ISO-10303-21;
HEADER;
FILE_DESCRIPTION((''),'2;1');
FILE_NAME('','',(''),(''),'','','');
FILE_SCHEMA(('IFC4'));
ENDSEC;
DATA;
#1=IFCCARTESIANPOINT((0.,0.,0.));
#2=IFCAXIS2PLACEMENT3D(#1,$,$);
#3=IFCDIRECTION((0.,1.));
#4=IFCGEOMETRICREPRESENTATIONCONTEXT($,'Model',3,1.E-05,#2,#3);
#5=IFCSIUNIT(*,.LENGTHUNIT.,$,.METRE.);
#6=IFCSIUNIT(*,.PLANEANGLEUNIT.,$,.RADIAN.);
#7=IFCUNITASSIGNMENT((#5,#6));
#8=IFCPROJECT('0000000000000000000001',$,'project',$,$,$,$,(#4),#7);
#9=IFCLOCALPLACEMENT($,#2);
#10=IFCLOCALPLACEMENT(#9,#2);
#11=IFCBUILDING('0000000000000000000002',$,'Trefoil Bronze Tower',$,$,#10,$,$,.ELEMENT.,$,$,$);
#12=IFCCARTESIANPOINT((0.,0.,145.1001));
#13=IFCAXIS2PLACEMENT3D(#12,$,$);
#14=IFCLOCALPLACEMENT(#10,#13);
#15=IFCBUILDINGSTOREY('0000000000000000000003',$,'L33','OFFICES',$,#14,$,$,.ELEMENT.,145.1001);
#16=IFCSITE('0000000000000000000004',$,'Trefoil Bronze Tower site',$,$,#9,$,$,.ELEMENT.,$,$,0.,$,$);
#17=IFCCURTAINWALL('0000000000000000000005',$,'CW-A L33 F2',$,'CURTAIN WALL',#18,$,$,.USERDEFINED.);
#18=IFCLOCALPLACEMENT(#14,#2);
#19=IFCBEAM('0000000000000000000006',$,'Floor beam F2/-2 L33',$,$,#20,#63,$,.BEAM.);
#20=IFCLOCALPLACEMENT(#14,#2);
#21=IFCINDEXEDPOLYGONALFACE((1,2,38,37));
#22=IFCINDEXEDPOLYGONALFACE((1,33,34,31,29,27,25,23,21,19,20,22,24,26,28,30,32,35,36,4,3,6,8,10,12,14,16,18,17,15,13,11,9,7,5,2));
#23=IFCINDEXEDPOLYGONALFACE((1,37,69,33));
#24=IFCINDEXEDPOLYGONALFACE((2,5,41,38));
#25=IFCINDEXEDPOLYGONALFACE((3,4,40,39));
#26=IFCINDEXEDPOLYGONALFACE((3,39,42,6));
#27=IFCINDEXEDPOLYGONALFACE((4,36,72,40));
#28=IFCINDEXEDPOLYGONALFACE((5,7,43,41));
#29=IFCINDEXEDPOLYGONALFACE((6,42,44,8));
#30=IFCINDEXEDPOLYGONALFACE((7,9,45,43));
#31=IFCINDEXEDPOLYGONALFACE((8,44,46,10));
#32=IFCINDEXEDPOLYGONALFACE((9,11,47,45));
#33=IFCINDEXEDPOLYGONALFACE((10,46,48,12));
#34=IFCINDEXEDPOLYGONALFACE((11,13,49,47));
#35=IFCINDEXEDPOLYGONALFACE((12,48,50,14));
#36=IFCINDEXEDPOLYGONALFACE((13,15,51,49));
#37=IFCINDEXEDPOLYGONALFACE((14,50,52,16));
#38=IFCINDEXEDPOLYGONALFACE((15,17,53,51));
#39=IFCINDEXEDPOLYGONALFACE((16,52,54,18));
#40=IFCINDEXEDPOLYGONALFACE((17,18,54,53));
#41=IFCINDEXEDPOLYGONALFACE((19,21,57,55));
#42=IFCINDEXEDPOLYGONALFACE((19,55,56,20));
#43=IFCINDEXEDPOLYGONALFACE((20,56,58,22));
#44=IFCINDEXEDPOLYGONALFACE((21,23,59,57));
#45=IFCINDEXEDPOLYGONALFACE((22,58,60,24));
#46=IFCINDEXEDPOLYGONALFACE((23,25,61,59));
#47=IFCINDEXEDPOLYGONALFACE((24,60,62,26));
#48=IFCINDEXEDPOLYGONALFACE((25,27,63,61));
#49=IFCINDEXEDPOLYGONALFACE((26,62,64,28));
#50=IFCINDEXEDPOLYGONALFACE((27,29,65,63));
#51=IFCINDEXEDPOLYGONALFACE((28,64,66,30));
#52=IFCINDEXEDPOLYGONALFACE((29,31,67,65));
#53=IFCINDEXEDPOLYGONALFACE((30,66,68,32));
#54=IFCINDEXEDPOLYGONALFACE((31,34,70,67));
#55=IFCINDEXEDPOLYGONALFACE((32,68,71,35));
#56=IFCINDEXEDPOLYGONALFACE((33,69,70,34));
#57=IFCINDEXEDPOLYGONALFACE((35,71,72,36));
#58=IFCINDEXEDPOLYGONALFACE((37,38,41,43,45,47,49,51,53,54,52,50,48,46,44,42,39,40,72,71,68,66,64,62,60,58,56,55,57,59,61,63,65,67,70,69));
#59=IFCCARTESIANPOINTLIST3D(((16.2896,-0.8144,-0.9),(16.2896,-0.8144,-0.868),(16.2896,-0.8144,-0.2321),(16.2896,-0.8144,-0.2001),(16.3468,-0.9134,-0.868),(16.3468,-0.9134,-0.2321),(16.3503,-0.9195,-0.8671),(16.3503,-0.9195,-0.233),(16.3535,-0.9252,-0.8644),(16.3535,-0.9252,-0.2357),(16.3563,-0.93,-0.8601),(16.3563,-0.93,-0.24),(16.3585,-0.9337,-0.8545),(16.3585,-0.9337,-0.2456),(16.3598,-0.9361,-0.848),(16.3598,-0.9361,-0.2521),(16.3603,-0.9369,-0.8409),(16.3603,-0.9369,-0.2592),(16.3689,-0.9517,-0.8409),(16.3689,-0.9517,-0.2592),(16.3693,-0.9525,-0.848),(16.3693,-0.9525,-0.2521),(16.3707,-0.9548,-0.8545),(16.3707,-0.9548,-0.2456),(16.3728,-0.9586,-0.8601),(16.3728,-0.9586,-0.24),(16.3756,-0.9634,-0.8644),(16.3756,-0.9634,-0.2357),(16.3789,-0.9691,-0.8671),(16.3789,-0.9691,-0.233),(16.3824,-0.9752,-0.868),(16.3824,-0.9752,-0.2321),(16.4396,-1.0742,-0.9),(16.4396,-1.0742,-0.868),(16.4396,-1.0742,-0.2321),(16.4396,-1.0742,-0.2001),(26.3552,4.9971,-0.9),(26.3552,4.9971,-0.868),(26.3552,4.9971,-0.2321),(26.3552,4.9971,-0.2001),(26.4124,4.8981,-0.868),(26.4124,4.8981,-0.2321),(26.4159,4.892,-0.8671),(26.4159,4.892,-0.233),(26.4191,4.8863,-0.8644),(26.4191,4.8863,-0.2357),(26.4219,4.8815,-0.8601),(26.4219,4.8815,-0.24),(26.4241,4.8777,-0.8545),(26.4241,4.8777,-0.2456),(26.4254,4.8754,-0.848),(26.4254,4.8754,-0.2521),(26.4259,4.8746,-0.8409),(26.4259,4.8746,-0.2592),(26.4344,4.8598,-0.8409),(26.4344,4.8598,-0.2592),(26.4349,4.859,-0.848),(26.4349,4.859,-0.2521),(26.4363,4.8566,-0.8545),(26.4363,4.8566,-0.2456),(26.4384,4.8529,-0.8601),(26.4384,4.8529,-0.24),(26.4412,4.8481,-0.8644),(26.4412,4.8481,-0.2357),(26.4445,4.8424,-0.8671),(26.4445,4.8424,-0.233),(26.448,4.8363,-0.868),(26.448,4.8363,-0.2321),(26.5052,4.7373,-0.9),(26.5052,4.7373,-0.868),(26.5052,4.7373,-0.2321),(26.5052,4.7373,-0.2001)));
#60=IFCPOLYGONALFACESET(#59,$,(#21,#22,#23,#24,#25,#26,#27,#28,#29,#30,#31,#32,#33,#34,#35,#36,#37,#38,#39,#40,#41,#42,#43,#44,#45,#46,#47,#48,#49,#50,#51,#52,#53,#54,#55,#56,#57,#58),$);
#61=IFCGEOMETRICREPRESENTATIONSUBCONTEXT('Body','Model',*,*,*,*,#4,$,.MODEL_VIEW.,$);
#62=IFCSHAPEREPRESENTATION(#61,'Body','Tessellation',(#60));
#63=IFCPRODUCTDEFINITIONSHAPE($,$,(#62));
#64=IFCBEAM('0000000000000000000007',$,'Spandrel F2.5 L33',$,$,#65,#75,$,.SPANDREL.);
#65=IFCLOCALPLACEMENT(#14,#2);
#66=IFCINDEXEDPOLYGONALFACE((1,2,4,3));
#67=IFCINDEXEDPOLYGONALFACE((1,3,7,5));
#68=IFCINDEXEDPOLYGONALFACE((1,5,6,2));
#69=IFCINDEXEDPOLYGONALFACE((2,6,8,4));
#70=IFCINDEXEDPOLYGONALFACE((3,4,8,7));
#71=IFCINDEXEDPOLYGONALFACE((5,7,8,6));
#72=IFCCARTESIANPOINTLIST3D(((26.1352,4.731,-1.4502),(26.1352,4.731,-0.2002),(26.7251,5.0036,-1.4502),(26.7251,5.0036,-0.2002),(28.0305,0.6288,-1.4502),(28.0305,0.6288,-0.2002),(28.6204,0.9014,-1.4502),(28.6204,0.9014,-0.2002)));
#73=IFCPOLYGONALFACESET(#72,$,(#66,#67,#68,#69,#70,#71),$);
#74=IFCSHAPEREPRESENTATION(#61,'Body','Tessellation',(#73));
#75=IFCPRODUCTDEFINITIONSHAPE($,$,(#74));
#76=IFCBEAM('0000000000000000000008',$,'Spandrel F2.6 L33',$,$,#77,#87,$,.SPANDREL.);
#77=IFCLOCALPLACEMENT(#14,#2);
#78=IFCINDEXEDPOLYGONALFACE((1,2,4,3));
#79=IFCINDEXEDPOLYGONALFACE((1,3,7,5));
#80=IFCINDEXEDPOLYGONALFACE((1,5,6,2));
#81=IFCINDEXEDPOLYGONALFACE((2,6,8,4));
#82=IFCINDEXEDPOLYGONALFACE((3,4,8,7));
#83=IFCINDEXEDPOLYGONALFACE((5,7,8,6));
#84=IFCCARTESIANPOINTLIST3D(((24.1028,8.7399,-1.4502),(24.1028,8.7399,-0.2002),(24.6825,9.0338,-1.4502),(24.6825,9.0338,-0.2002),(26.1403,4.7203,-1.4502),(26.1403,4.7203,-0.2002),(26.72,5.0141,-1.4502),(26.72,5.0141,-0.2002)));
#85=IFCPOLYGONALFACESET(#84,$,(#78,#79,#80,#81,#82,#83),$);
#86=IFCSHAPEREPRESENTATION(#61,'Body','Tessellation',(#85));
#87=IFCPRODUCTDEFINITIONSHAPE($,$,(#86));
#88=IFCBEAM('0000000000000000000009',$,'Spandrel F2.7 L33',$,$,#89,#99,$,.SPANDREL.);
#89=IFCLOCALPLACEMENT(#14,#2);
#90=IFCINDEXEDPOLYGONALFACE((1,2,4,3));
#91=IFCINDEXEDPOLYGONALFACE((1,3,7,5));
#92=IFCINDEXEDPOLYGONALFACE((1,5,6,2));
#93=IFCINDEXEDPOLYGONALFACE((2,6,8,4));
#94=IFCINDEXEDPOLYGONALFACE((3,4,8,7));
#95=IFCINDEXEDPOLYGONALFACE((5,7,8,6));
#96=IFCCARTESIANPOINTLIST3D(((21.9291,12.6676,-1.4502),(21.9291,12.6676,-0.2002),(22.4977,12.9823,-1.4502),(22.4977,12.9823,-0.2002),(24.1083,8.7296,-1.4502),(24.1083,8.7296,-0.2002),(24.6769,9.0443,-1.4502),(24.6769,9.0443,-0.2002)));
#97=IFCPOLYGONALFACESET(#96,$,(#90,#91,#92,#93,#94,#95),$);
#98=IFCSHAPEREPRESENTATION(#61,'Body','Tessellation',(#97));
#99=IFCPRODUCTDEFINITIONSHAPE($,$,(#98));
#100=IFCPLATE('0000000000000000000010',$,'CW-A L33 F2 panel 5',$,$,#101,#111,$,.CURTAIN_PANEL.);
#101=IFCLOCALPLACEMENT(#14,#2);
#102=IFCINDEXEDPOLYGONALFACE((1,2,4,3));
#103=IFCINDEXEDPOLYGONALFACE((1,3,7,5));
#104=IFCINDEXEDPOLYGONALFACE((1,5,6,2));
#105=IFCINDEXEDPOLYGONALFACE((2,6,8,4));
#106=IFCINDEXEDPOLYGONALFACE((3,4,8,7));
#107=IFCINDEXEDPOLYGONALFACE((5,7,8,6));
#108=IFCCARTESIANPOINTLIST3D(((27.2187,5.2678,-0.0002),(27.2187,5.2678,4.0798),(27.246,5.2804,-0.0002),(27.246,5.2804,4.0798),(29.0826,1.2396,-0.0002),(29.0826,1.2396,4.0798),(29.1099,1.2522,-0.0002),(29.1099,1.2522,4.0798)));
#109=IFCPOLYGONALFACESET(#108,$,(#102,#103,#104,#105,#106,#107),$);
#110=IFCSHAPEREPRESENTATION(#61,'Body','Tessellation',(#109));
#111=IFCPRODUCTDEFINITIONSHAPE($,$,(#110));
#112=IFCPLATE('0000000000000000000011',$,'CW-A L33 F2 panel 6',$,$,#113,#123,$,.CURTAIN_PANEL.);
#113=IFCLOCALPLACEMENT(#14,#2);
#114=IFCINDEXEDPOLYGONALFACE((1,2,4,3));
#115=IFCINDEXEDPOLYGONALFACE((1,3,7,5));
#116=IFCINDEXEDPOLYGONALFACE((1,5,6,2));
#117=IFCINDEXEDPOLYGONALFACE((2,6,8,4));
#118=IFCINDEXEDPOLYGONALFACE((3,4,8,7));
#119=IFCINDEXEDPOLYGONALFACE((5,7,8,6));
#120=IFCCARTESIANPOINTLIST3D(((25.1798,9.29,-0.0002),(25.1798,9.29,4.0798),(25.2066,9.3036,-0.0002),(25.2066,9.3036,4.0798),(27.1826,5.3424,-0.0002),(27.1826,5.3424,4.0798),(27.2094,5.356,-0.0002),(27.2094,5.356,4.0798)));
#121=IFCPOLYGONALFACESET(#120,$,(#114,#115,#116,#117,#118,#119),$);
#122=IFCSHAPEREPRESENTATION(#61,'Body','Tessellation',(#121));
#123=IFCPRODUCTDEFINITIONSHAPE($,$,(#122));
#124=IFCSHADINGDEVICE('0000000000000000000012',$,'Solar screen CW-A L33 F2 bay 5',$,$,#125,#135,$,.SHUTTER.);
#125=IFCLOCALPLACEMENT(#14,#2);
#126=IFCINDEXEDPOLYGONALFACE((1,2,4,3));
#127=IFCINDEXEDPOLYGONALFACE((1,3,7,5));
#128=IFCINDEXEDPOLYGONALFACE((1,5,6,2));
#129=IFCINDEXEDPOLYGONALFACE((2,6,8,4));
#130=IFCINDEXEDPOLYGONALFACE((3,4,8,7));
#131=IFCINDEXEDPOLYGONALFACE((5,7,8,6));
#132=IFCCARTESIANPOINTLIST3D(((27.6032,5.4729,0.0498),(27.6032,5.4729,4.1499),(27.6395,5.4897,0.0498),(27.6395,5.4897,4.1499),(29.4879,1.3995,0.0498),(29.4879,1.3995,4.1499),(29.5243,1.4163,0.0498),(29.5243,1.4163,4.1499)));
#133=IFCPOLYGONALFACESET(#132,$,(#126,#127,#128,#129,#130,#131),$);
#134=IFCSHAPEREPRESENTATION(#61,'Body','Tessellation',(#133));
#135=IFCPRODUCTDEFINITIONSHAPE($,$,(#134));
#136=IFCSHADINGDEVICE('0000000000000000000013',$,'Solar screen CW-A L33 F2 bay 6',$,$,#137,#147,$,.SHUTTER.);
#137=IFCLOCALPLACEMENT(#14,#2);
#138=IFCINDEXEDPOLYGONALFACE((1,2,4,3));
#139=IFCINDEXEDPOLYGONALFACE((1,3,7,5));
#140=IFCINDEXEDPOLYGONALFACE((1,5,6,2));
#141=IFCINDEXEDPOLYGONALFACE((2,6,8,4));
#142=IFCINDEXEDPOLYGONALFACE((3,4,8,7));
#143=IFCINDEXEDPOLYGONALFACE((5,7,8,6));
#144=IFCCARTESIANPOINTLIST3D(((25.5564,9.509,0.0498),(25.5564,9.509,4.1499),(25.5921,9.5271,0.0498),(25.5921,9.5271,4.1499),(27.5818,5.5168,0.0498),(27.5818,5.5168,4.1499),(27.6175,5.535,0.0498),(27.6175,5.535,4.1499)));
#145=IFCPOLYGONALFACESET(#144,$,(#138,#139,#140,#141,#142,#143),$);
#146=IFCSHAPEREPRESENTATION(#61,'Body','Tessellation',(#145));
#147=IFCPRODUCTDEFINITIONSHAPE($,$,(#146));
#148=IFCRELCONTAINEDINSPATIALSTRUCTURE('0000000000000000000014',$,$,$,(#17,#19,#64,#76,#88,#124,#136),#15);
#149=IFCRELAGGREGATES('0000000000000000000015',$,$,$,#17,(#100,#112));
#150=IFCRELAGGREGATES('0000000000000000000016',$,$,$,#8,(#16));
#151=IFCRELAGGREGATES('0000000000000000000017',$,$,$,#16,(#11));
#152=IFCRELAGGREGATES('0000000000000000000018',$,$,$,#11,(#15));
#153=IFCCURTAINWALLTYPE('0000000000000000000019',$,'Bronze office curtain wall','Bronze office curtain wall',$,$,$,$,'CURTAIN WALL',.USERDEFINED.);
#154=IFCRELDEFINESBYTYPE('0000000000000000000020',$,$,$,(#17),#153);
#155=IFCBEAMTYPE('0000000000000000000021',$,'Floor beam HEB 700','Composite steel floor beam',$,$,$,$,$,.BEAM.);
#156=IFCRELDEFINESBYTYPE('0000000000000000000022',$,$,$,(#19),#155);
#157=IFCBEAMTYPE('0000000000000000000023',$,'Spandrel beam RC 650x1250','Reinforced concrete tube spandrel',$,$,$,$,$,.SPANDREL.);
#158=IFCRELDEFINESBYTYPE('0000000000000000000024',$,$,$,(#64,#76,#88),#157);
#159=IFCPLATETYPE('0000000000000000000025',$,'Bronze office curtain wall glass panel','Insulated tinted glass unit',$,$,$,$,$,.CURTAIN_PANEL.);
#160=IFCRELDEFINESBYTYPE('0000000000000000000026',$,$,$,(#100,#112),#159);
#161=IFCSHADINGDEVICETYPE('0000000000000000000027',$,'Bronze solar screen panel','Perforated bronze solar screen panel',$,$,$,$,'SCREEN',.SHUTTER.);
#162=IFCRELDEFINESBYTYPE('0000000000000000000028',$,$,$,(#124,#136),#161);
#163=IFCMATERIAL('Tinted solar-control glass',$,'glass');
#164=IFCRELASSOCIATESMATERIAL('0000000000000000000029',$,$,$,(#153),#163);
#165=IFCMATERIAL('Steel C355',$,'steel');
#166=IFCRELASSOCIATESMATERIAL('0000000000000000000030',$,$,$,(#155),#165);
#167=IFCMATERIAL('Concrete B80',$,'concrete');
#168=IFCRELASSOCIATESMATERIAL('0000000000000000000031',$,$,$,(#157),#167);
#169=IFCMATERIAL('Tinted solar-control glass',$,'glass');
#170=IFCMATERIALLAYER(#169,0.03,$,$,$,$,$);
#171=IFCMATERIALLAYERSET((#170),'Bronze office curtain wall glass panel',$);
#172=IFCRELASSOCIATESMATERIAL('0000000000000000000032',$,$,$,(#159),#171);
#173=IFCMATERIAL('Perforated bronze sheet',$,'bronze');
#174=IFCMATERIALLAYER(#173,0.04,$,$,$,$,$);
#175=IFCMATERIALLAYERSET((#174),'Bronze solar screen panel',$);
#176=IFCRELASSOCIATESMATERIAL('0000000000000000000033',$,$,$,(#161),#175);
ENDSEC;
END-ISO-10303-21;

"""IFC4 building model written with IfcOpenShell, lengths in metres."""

from ifc_helpers import new_model, si_unit, direction, frame, origin, origin_2d, place, context, subcontext, project, spatial, rectangle, i_section, extrude, material, layer, layer_set, material_profile, profile_set, type_object, element, aggregate, save


model = new_model("IFC4")

# Units and contexts
model_context = context("Model", 3, precision=1e-05, world=origin(), true_north=direction((0.0, 1.0)))
body_context = subcontext(model_context, "Body", "Model", "MODEL_VIEW")
ifc_project = project(units=[si_unit("LENGTHUNIT", "METRE"), si_unit("PLANEANGLEUNIT", "RADIAN")], contexts=[model_context])

# Site, building, storey
site_placement = place(None, origin())
site = spatial("IfcSite", under=ifc_project, at=site_placement, Name="Trefoil Bronze Tower site", CompositionType="ELEMENT", RefElevation=0.0)
building_placement = place(site_placement, origin())
building = spatial("IfcBuilding", under=site, at=building_placement, Name="Trefoil Bronze Tower", CompositionType="ELEMENT")
storey_placement = place(building_placement, frame((0.0, 0.0, 145.1001)))
storey = spatial("IfcBuildingStorey", under=building, at=storey_placement, Name="L33", Description="OFFICES", CompositionType="ELEMENT", Elevation=145.1001)

# Curtain wall
ifc_material_1 = material(Name="Tinted solar-control glass", Category="glass")
curtain_wall_type = type_object("IfcCurtainWallType", Name="Bronze office curtain wall", Description="Bronze office curtain wall", ElementType="CURTAIN WALL", PredefinedType="USERDEFINED", material=ifc_material_1)
curtain_wall_placement = place(storey_placement, origin())
curtain_wall = element("IfcCurtainWall", 1, at=curtain_wall_placement, inside=storey, type_object=curtain_wall_type, Name="CW-A L33 F2", ObjectType="CURTAIN WALL", PredefinedType="USERDEFINED")

# Beams
ifc_material_2 = material(Name="Steel C355", Category="steel")
ifc_material_profile_1 = material_profile(ifc_material_2, i_section(OverallWidth=0.3, OverallDepth=0.7, WebThickness=0.0171, FlangeThickness=0.032, FilletRadius=0.0271, at=origin_2d()), Name="HEB 700")
ifc_profile_set_1 = profile_set([ifc_material_profile_1], Name="Steel C355")
beam_type_1 = type_object("IfcBeamType", Name="Floor beam HEB 700", Description="Composite steel floor beam", PredefinedType="BEAM", material=ifc_profile_set_1)
beam_1_placement = place(storey_placement, frame((26.4302, 4.8672, -0.55), z_axis=(-0.866022, -0.500007, 0.0), x_axis=(0.500007, -0.866022, 0.0)))
element("IfcBeam", 2, at=beam_1_placement, inside=storey, type_object=beam_type_1, Name="Floor beam F2/-2 L33", PredefinedType="BEAM", context=body_context, shape_type="SweptSolid", body=[
    extrude(i_section(OverallWidth=0.3, OverallDepth=0.7, WebThickness=0.0171, FlangeThickness=0.032, FilletRadius=0.0271, at=origin_2d()), origin(), (0.0, 0.0, 1.0), 11.6228),
])
ifc_material_3 = material(Name="Concrete B80", Category="concrete")
ifc_material_profile_2 = material_profile(ifc_material_3, rectangle(XDim=0.6499, YDim=1.25, at=origin_2d()), Name="RC 650x1250")
ifc_profile_set_2 = profile_set([ifc_material_profile_2], Name="Concrete B80")
beam_type_2 = type_object("IfcBeamType", Name="Spandrel beam RC 650x1250", Description="Reinforced concrete tube spandrel", PredefinedType="SPANDREL", material=ifc_profile_set_2)
beam_2_placement = place(storey_placement, frame((28.3254, 0.7651, -0.8252), z_axis=(-0.419425, 0.90779, 0.0), x_axis=(-0.90779, -0.419425, 0.0)))
element("IfcBeam", 3, at=beam_2_placement, inside=storey, type_object=beam_type_2, Name="Spandrel F2.5 L33", PredefinedType="SPANDREL", context=body_context, shape_type="SweptSolid", body=[
    extrude(rectangle(XDim=0.6499, YDim=1.25, at=origin_2d()), origin(), (0.0, 0.0, 1.0), 4.5188),
])
beam_3_placement = place(storey_placement, frame((26.4302, 4.8672, -0.8252), z_axis=(-0.452126, 0.891954, 0.0), x_axis=(-0.891954, -0.452126, 0.0)))
element("IfcBeam", 4, at=beam_3_placement, inside=storey, type_object=beam_type_2, Name="Spandrel F2.6 L33", PredefinedType="SPANDREL", context=body_context, shape_type="SweptSolid", body=[
    extrude(rectangle(XDim=0.6499, YDim=1.25, at=origin_2d()), origin(), (0.0, 0.0, 1.0), 4.5066),
])
beam_4_placement = place(storey_placement, frame((24.3926, 8.887, -0.8252), z_axis=(-0.484187, 0.874965, 0.0), x_axis=(-0.874965, -0.484187, 0.0)))
element("IfcBeam", 5, at=beam_4_placement, inside=storey, type_object=beam_type_2, Name="Spandrel F2.7 L33", PredefinedType="SPANDREL", context=body_context, shape_type="SweptSolid", body=[
    extrude(rectangle(XDim=0.6499, YDim=1.25, at=origin_2d()), origin(), (0.0, 0.0, 1.0), 4.5007),
])

# Plates
ifc_material_4 = material(Name="Tinted solar-control glass", Category="glass")
ifc_layer_1 = layer(ifc_material_4, 0.03)
ifc_layer_set_1 = layer_set([ifc_layer_1], Name="Bronze office curtain wall glass panel")
plate_type = type_object("IfcPlateType", Name="Bronze office curtain wall glass panel", Description="Insulated tinted glass unit", PredefinedType="CURTAIN_PANEL", material=ifc_layer_set_1)
plate_1_placement = place(storey_placement, frame((28.1643, 3.26, -0.0002), z_axis=(0.0, 0.0, 1.0), x_axis=(-0.419933, 0.907555, 0.0)))
plate_1 = element("IfcPlate", 6, at=plate_1_placement, type_object=plate_type, Name="CW-A L33 F2 panel 5", PredefinedType="CURTAIN_PANEL", context=body_context, shape_type="SweptSolid", body=[
    extrude(rectangle(XDim=4.4385, YDim=0.03, at=origin_2d()), origin(), (0.0, 0.0, 1.0), 4.0801),
])
plate_2_placement = place(storey_placement, frame((26.1946, 7.323, -0.0002), z_axis=(0.0, 0.0, 1.0), x_axis=(-0.452449, 0.89179, 0.0)))
plate_2 = element("IfcPlate", 7, at=plate_2_placement, type_object=plate_type, Name="CW-A L33 F2 panel 6", PredefinedType="CURTAIN_PANEL", context=body_context, shape_type="SweptSolid", body=[
    extrude(rectangle(XDim=4.4265, YDim=0.03, at=origin_2d()), origin(), (0.0, 0.0, 1.0), 4.0801),
])
aggregate(curtain_wall, [plate_1, plate_2])

# Shading devices
ifc_material_5 = material(Name="Perforated bronze sheet", Category="bronze")
ifc_layer_2 = layer(ifc_material_5, 0.04)
ifc_layer_set_2 = layer_set([ifc_layer_2], Name="Bronze solar screen panel")
shading_device_type = type_object("IfcShadingDeviceType", Name="Bronze solar screen panel", Description="Perforated bronze solar screen panel", ElementType="SCREEN", PredefinedType="SHUTTER", material=ifc_layer_set_2)
shading_device_1_placement = place(storey_placement, frame((28.5637, 3.4446, 0.0498), z_axis=(0.0, 0.0, 1.0), x_axis=(-0.419933, 0.907555, 0.0)))
element("IfcShadingDevice", 8, at=shading_device_1_placement, inside=storey, type_object=shading_device_type, Name="Solar screen CW-A L33 F2 bay 5", PredefinedType="SHUTTER", context=body_context, shape_type="SweptSolid", body=[
    extrude(rectangle(XDim=4.4883, YDim=0.04, at=origin_2d()), origin(), (0.0, 0.0, 1.0), 4.1001),
])
shading_device_2_placement = place(storey_placement, frame((26.5869, 7.522, 0.0498), z_axis=(0.0, 0.0, 1.0), x_axis=(-0.452449, 0.89179, 0.0)))
element("IfcShadingDevice", 9, at=shading_device_2_placement, inside=storey, type_object=shading_device_type, Name="Solar screen CW-A L33 F2 bay 6", PredefinedType="SHUTTER", context=body_context, shape_type="SweptSolid", body=[
    extrude(rectangle(XDim=4.4766, YDim=0.04, at=origin_2d()), origin(), (0.0, 0.0, 1.0), 4.1001),
])

save(model, "model.ifc")
